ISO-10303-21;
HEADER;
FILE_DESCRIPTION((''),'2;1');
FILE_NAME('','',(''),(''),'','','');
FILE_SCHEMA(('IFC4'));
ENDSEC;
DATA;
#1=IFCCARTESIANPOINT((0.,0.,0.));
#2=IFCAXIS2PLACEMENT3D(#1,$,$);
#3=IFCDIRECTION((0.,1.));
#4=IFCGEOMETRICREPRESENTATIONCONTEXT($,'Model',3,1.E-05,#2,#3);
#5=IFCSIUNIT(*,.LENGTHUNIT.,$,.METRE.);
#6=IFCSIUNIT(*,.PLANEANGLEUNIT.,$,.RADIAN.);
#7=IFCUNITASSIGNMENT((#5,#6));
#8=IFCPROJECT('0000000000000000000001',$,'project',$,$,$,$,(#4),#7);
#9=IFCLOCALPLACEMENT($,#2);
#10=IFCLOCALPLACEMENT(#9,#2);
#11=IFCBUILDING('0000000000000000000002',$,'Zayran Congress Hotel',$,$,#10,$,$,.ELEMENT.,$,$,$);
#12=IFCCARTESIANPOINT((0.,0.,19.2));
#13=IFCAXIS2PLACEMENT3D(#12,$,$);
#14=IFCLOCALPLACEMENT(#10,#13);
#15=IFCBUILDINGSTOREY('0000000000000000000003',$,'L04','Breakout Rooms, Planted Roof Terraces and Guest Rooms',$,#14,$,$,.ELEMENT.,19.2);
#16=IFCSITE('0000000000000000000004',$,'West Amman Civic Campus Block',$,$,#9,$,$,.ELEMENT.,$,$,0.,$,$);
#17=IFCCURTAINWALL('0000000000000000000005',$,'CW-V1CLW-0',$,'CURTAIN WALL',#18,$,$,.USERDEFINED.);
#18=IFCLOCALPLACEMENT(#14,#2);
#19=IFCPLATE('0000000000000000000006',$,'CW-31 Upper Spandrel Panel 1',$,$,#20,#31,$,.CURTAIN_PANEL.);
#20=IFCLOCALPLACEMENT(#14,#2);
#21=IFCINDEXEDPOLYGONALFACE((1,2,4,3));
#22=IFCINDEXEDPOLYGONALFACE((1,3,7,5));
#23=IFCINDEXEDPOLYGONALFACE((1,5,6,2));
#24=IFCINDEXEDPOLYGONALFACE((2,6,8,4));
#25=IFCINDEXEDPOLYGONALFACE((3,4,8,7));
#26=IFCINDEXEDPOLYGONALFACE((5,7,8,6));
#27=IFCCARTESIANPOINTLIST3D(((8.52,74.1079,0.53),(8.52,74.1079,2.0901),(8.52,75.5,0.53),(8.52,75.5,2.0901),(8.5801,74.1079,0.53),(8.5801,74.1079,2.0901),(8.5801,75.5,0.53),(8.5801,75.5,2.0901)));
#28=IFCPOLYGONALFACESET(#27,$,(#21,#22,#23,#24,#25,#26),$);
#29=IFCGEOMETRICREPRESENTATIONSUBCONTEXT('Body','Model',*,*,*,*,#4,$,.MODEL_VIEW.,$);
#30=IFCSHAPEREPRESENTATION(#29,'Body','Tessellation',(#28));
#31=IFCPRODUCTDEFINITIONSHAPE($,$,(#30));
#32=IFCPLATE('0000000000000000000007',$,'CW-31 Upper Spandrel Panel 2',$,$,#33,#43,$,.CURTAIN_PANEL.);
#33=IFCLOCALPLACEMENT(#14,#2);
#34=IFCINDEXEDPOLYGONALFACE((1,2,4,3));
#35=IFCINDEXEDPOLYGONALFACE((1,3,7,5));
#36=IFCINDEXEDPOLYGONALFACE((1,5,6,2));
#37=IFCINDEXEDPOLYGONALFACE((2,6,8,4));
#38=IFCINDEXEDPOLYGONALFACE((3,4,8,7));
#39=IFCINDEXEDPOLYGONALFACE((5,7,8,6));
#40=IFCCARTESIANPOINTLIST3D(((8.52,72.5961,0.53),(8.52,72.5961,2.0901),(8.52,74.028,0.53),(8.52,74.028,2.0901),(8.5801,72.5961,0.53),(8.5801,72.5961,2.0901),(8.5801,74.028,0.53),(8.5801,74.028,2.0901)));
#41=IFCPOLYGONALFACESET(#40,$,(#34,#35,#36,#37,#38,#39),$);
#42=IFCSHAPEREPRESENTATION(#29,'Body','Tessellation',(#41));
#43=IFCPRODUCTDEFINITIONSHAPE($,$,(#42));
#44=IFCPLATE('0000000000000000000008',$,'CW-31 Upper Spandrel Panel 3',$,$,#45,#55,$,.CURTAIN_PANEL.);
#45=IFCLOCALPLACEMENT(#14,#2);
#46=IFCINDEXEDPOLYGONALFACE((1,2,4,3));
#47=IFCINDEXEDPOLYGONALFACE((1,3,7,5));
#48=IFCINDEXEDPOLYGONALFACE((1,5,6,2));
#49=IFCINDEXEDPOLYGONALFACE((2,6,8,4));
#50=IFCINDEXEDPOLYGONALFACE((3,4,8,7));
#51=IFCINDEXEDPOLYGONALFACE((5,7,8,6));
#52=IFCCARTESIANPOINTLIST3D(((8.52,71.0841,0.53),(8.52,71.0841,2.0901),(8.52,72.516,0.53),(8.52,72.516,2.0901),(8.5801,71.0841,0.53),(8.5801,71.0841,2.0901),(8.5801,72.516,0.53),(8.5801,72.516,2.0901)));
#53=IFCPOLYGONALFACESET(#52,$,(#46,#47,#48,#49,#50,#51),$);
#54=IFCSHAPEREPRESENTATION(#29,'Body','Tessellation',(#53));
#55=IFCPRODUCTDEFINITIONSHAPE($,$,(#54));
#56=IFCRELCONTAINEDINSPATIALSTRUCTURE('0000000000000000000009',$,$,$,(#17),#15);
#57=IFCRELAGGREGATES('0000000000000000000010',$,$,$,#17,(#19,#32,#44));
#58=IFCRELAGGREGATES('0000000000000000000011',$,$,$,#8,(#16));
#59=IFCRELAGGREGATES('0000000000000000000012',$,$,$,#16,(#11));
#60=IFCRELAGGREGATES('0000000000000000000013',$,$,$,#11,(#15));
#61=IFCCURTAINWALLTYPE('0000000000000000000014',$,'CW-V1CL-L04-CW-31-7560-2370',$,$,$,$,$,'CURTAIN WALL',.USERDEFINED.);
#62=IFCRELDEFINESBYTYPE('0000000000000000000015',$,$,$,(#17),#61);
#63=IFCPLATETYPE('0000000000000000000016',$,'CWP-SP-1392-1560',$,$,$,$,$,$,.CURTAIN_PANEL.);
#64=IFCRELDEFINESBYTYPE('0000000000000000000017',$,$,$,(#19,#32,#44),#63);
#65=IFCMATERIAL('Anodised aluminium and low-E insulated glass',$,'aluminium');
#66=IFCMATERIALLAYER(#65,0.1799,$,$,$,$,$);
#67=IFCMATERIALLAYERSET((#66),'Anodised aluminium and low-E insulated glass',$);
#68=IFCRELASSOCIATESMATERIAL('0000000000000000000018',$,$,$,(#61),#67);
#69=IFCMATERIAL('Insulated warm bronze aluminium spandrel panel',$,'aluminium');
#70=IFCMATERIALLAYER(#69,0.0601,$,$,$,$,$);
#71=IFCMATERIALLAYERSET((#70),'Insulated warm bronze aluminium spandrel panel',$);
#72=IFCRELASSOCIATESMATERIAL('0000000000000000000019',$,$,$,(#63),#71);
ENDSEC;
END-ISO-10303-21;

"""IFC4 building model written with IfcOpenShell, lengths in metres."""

from ifc_helpers import new_model, si_unit, direction, frame, origin, origin_2d, place, context, subcontext, project, spatial, rectangle, extrude, material, layer, layer_set, type_object, element, aggregate, save


model = new_model("IFC4")

# Units and contexts
model_context = context("Model", 3, precision=1e-05, world=origin(), true_north=direction((0.0, 1.0)))
body_context = subcontext(model_context, "Body", "Model", "MODEL_VIEW")
ifc_project = project(units=[si_unit("LENGTHUNIT", "METRE"), si_unit("PLANEANGLEUNIT", "RADIAN")], contexts=[model_context])

# Site, building, storey
site_placement = place(None, origin())
site = spatial("IfcSite", under=ifc_project, at=site_placement, Name="West Amman Civic Campus Block", CompositionType="ELEMENT", RefElevation=0.0)
building_placement = place(site_placement, origin())
building = spatial("IfcBuilding", under=site, at=building_placement, Name="Zayran Congress Hotel", CompositionType="ELEMENT")
storey_placement = place(building_placement, frame((0.0, 0.0, 19.2)))
storey = spatial("IfcBuildingStorey", under=building, at=storey_placement, Name="L04", Description="Breakout Rooms, Planted Roof Terraces and Guest Rooms", CompositionType="ELEMENT", Elevation=19.2)

# Curtain wall
ifc_material_1 = material(Name="Anodised aluminium and low-E insulated glass", Category="aluminium")
ifc_layer_1 = layer(ifc_material_1, 0.1799)
ifc_layer_set_1 = layer_set([ifc_layer_1], Name="Anodised aluminium and low-E insulated glass")
curtain_wall_type = type_object("IfcCurtainWallType", Name="CW-V1CL-L04-CW-31-7560-2370", ElementType="CURTAIN WALL", PredefinedType="USERDEFINED", material=ifc_layer_set_1)
curtain_wall_placement = place(storey_placement, origin())
curtain_wall = element("IfcCurtainWall", 1, at=curtain_wall_placement, inside=storey, type_object=curtain_wall_type, Name="CW-V1CLW-0", ObjectType="CURTAIN WALL", PredefinedType="USERDEFINED")

# Plates
ifc_material_2 = material(Name="Insulated warm bronze aluminium spandrel panel", Category="aluminium")
ifc_layer_2 = layer(ifc_material_2, 0.0601)
ifc_layer_set_2 = layer_set([ifc_layer_2], Name="Insulated warm bronze aluminium spandrel panel")
plate_type_1 = type_object("IfcPlateType", Name="CWP-SP-1392-1560", PredefinedType="CURTAIN_PANEL", material=ifc_layer_set_2)
plate_1_placement = place(storey_placement, frame((8.55, 74.804, 0.53), z_axis=(0.0, 0.0, 1.0), x_axis=(0.0, 1.0, 0.0)))
plate_1 = element("IfcPlate", 2, at=plate_1_placement, type_object=plate_type_1, Name="CW-31 Upper Spandrel Panel 1", PredefinedType="CURTAIN_PANEL", context=body_context, shape_type="SweptSolid", body=[
    extrude(rectangle(XDim=1.3921, YDim=0.0601, at=origin_2d()), origin(), (0.0, 0.0, 1.0), 1.5601),
])
plate_2_placement = place(storey_placement, frame((8.55, 73.312, 0.53), z_axis=(0.0, 0.0, 1.0), x_axis=(0.0, 1.0, 0.0)))
plate_2 = element("IfcPlate", 3, at=plate_2_placement, type_object=plate_type_1, Name="CW-31 Upper Spandrel Panel 2", PredefinedType="CURTAIN_PANEL", context=body_context, shape_type="SweptSolid", body=[
    extrude(rectangle(XDim=1.4319, YDim=0.0601, at=origin_2d()), origin(), (0.0, 0.0, 1.0), 1.5601),
])
plate_3_placement = place(storey_placement, frame((8.55, 71.8, 0.53), z_axis=(0.0, 0.0, 1.0), x_axis=(0.0, 1.0, 0.0)))
plate_3 = element("IfcPlate", 4, at=plate_3_placement, type_object=plate_type_1, Name="CW-31 Upper Spandrel Panel 3", PredefinedType="CURTAIN_PANEL", context=body_context, shape_type="SweptSolid", body=[
    extrude(rectangle(XDim=1.4319, YDim=0.0601, at=origin_2d()), origin(), (0.0, 0.0, 1.0), 1.5601),
])
aggregate(curtain_wall, [plate_1, plate_2, plate_3])

save(model, "model.ifc")
